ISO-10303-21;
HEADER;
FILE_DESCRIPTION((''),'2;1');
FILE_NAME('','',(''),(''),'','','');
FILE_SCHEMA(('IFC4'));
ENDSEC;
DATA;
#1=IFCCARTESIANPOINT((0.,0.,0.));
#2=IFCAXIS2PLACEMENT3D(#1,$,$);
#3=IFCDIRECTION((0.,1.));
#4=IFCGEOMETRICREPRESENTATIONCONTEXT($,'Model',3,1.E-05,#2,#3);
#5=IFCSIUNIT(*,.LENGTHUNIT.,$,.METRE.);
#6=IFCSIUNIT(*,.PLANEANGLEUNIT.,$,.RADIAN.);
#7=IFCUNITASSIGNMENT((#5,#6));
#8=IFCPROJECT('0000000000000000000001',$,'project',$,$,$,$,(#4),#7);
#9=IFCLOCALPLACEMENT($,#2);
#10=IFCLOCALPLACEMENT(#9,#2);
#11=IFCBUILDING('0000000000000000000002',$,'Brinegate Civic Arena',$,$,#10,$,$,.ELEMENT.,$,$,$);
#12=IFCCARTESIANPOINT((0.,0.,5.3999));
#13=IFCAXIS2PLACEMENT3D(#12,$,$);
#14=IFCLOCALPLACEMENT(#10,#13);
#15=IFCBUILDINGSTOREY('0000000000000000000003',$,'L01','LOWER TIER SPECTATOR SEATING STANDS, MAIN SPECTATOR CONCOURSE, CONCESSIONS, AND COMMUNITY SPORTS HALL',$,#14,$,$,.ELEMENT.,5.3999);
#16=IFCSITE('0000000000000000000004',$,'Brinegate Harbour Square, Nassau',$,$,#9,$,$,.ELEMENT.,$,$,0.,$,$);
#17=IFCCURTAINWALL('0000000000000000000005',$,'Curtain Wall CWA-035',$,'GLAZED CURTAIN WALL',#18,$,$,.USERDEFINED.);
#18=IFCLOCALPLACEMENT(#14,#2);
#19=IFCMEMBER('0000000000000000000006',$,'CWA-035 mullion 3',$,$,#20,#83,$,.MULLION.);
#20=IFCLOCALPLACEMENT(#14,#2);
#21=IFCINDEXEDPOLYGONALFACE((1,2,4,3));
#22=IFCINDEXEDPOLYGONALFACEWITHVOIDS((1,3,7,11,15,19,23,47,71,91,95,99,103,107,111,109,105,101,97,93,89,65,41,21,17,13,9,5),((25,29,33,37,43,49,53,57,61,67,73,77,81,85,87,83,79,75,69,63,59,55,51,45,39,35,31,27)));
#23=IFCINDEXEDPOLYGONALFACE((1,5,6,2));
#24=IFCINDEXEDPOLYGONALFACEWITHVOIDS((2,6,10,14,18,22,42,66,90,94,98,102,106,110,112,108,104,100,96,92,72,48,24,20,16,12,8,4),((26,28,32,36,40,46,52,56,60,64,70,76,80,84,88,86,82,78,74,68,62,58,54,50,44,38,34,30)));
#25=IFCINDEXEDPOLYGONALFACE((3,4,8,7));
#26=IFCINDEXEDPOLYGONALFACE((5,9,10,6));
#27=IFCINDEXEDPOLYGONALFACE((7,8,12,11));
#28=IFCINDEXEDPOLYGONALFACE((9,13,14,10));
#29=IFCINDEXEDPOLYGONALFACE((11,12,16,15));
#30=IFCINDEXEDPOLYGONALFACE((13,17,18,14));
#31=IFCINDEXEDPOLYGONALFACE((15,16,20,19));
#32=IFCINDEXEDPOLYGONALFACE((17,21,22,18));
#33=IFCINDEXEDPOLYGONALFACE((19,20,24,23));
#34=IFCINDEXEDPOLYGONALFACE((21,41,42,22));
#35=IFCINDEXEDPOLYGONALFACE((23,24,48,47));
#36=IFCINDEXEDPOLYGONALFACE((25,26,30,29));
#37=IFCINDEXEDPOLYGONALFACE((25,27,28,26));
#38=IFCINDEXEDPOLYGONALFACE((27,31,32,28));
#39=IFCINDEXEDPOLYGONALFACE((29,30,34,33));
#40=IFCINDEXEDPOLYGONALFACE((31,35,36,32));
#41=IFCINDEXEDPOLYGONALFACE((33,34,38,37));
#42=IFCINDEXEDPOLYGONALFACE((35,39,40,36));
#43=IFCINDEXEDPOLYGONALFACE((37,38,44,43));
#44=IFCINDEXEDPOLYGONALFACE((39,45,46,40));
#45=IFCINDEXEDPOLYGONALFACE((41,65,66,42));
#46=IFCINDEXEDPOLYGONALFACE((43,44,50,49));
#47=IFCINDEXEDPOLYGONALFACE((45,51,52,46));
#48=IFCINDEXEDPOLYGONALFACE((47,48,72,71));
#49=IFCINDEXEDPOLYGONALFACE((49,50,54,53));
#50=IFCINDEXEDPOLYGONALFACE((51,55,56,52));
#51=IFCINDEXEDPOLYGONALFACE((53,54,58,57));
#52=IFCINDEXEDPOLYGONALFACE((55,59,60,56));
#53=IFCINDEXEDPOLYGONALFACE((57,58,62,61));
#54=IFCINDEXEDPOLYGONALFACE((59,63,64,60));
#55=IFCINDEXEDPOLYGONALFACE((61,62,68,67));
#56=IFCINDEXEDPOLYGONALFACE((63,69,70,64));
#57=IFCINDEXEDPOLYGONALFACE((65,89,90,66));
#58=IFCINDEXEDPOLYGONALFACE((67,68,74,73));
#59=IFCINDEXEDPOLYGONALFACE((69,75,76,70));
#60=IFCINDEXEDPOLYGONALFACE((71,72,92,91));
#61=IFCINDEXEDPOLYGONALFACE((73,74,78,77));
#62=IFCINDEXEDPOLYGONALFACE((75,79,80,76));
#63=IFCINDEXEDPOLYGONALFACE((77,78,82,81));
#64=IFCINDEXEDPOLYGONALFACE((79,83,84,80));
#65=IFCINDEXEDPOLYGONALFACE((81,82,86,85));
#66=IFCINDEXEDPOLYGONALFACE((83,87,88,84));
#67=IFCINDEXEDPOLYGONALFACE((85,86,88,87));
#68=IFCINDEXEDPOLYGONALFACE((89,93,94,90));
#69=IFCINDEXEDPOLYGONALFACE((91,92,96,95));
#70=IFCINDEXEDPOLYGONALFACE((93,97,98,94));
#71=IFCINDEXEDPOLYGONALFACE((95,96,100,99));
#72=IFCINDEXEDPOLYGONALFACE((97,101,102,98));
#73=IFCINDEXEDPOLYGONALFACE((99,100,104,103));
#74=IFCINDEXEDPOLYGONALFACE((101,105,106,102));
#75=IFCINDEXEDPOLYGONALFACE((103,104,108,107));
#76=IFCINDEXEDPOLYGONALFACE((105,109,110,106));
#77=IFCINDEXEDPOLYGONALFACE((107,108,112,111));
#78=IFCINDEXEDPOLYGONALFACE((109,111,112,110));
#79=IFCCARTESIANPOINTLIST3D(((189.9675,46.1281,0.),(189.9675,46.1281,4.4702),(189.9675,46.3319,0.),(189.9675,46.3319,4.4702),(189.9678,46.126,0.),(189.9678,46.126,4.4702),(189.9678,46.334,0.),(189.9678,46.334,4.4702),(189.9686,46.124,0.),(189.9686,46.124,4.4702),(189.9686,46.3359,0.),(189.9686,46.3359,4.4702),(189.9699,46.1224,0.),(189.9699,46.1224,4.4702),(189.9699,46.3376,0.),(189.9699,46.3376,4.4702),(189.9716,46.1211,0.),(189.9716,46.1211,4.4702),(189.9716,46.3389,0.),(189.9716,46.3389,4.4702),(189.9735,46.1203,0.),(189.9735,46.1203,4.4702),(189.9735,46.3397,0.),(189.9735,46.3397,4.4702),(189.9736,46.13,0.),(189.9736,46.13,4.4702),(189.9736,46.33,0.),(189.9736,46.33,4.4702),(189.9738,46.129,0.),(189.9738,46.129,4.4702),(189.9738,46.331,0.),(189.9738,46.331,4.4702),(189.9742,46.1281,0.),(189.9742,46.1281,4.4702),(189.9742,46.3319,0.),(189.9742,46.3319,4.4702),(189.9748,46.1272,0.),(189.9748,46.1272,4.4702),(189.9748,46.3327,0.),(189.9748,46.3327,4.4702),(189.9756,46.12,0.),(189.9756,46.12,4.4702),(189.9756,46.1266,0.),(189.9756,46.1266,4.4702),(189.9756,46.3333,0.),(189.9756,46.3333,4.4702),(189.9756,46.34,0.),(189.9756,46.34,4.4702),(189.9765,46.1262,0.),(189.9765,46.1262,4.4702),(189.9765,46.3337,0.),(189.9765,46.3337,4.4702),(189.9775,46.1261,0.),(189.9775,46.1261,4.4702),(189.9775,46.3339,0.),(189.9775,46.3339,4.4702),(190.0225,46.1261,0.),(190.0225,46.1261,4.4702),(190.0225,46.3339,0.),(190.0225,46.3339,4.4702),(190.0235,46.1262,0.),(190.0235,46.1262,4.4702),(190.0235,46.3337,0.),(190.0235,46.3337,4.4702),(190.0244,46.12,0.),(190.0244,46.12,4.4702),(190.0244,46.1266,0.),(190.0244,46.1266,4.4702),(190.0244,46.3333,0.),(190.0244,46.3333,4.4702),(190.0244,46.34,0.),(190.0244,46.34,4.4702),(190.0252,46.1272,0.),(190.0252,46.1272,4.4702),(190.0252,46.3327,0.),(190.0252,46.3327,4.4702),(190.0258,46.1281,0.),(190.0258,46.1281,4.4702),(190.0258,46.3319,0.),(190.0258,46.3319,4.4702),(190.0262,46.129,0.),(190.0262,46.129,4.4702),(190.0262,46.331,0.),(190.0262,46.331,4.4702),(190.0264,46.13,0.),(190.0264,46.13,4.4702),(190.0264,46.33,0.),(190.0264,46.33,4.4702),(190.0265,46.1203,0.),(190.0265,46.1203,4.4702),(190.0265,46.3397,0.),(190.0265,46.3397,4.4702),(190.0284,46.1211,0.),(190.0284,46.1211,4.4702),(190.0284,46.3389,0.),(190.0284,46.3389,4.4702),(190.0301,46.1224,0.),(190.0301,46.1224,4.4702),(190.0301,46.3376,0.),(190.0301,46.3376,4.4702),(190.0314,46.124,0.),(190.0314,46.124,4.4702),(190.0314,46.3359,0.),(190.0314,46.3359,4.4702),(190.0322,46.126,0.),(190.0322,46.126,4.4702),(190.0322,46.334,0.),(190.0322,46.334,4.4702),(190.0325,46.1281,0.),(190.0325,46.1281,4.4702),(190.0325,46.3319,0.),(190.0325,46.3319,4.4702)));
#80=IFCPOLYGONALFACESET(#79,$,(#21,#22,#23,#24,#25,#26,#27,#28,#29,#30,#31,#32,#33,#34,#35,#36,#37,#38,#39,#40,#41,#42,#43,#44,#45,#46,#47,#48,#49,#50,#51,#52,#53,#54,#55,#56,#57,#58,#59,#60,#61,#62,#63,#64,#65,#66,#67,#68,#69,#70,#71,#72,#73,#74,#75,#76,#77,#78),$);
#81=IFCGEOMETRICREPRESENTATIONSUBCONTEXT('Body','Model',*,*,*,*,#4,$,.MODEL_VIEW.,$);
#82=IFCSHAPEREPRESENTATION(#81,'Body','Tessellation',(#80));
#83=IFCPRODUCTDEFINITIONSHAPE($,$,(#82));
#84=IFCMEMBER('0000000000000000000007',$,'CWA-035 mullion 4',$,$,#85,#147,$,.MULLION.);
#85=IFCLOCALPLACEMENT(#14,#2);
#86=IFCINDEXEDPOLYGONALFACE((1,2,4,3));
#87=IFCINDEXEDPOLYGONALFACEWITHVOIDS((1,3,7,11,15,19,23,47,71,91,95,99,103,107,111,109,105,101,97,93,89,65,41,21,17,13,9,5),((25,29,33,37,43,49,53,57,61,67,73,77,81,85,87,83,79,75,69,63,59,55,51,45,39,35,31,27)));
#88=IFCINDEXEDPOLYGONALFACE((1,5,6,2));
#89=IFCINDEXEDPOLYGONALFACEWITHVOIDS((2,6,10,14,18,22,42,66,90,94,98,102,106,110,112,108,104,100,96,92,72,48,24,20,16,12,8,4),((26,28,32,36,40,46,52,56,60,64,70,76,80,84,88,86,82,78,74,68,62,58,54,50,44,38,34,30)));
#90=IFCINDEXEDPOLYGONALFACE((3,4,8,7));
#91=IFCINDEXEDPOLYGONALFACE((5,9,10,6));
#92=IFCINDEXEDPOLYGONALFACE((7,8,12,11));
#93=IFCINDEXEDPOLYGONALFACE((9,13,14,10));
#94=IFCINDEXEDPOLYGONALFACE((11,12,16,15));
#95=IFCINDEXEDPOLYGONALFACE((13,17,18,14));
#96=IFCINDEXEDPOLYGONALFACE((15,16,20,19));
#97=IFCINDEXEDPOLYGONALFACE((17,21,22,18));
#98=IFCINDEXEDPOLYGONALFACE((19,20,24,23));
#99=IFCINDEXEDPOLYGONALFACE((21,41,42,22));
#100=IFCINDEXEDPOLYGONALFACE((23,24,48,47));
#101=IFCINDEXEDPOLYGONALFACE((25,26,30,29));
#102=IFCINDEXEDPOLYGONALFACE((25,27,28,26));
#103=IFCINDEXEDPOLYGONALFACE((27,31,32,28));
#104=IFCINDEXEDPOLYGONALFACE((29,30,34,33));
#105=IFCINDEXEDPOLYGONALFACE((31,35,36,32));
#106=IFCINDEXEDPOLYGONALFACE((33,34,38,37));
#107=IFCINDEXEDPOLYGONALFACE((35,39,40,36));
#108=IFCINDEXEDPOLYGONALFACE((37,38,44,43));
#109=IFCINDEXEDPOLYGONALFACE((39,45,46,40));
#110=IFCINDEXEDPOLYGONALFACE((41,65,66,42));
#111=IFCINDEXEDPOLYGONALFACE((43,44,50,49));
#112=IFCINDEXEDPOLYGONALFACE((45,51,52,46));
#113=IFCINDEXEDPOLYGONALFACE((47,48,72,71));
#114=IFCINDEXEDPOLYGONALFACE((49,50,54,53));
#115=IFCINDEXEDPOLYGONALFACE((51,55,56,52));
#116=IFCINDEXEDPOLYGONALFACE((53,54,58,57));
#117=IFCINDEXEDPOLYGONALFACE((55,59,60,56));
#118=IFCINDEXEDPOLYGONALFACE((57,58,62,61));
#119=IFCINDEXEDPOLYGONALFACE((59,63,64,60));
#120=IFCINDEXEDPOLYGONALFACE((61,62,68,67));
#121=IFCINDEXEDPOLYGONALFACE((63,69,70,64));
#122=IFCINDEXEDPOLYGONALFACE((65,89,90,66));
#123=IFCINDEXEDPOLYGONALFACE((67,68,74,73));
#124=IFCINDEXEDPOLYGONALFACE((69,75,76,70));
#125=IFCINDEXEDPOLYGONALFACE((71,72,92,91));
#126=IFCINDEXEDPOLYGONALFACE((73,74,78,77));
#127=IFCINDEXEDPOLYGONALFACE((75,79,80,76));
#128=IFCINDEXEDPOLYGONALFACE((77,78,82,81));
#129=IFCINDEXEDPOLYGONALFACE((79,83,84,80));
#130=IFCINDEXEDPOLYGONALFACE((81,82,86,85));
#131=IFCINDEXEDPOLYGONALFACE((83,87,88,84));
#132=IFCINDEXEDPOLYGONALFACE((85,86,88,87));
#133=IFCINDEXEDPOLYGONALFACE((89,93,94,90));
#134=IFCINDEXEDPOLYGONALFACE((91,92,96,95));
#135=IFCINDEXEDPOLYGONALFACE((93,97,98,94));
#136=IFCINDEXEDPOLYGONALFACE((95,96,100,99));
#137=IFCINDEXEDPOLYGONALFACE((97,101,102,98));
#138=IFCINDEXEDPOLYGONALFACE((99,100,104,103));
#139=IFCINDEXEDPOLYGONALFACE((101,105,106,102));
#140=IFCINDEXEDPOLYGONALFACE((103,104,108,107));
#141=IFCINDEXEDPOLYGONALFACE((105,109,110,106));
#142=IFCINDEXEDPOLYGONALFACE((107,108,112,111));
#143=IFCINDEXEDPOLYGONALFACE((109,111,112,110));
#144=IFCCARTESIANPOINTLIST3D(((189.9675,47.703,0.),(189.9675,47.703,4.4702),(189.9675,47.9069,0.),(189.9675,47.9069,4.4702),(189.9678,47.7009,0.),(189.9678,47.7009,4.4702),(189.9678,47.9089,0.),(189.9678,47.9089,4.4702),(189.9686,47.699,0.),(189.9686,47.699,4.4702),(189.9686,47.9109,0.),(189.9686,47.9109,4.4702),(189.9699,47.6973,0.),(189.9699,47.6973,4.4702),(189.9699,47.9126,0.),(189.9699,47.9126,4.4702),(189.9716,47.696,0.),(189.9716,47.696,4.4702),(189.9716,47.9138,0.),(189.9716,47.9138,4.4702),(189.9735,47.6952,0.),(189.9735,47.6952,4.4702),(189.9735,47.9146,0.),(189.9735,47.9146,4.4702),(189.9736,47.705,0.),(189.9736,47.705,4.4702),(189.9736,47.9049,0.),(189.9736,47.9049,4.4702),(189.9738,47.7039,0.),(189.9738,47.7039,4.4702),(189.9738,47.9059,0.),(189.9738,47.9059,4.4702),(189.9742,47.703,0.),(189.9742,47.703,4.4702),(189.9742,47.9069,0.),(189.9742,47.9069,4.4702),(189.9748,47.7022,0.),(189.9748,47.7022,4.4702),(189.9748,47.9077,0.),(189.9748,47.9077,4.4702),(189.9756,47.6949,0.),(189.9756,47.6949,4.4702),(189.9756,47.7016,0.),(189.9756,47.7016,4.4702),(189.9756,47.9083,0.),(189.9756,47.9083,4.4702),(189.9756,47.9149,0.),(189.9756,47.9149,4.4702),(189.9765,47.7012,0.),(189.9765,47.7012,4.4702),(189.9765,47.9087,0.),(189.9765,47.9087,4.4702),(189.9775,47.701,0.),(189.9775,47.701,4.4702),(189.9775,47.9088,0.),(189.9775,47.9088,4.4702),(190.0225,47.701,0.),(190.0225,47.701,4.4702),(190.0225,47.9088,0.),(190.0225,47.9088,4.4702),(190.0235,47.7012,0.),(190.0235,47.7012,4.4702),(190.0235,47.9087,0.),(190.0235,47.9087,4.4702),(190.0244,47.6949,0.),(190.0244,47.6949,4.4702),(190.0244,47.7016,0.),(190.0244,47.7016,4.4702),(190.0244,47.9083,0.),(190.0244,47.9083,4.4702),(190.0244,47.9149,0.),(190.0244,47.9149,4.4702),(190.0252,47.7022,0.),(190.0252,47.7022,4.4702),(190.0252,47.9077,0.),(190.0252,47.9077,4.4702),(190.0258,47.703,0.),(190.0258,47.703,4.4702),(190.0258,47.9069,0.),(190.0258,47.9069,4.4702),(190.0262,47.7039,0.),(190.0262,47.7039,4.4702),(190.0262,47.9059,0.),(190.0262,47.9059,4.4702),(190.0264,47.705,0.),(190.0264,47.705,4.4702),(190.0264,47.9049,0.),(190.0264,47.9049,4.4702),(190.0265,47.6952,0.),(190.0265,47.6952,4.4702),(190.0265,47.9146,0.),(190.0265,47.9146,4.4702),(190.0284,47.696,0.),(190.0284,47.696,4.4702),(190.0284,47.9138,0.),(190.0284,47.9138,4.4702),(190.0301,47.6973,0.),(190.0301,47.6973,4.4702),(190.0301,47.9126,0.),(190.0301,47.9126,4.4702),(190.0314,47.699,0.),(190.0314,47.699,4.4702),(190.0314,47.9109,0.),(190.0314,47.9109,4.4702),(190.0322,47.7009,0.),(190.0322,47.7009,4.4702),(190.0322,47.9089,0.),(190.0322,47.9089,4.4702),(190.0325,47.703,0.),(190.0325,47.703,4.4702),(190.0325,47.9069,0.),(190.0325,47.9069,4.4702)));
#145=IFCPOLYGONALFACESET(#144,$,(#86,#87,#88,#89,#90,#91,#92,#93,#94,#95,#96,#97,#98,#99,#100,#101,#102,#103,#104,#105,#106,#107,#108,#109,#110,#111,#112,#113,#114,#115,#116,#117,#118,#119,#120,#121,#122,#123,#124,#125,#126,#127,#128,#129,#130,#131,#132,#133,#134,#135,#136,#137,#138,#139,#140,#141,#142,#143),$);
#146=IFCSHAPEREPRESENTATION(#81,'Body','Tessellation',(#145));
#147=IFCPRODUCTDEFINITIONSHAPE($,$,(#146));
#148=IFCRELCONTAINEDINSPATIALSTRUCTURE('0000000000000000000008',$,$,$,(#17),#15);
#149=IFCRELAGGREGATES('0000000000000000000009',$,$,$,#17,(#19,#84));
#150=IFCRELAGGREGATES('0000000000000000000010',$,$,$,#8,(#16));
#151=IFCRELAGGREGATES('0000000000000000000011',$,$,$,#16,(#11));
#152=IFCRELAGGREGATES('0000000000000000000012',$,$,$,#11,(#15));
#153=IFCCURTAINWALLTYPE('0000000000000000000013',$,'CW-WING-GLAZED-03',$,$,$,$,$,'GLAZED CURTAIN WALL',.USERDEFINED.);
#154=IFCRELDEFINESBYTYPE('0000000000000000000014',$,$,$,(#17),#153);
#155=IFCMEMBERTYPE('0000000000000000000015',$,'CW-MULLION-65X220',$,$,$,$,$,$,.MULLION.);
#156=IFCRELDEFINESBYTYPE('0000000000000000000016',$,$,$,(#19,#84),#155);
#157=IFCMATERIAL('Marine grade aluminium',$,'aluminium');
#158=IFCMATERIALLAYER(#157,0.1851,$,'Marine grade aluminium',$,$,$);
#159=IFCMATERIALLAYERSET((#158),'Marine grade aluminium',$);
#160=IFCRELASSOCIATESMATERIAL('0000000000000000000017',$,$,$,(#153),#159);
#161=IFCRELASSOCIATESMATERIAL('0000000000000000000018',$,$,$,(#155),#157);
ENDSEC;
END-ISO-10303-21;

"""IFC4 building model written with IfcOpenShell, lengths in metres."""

from ifc_helpers import new_model, si_unit, direction, frame, origin, origin_2d, place, context, subcontext, project, spatial, hollow_rectangle, extrude, material, layer, layer_set, material_profile, profile_set, type_object, element, aggregate, save


model = new_model("IFC4")

# Units and contexts
model_context = context("Model", 3, precision=1e-05, world=origin(), true_north=direction((0.0, 1.0)))
body_context = subcontext(model_context, "Body", "Model", "MODEL_VIEW")
ifc_project = project(units=[si_unit("LENGTHUNIT", "METRE"), si_unit("PLANEANGLEUNIT", "RADIAN")], contexts=[model_context])

# Site, building, storey
site_placement = place(None, origin())
site = spatial("IfcSite", under=ifc_project, at=site_placement, Name="Brinegate Harbour Square, Nassau", CompositionType="ELEMENT", RefElevation=0.0)
building_placement = place(site_placement, origin())
building = spatial("IfcBuilding", under=site, at=building_placement, Name="Brinegate Civic Arena", CompositionType="ELEMENT")
storey_placement = place(building_placement, frame((0.0, 0.0, 5.3999)))
storey = spatial("IfcBuildingStorey", under=building, at=storey_placement, Name="L01", Description="LOWER TIER SPECTATOR SEATING STANDS, MAIN SPECTATOR CONCOURSE, CONCESSIONS, AND COMMUNITY SPORTS HALL", CompositionType="ELEMENT", Elevation=5.3999)

# Curtain wall, members
ifc_material_1 = material(Name="Marine grade aluminium", Category="aluminium")
ifc_layer_1 = layer(ifc_material_1, 0.1851, Name="Marine grade aluminium")
ifc_layer_set_1 = layer_set([ifc_layer_1], Name="Marine grade aluminium")
curtain_wall_type = type_object("IfcCurtainWallType", Name="CW-WING-GLAZED-03", ElementType="GLAZED CURTAIN WALL", PredefinedType="USERDEFINED", material=ifc_layer_set_1)
curtain_wall_placement = place(storey_placement, origin())
curtain_wall = element("IfcCurtainWall", 1, at=curtain_wall_placement, inside=storey, type_object=curtain_wall_type, Name="Curtain Wall CWA-035", ObjectType="GLAZED CURTAIN WALL", PredefinedType="USERDEFINED")
ifc_material_profile_1 = material_profile(ifc_material_1, hollow_rectangle(XDim=0.0649, YDim=0.22, WallThickness=0.0061, InnerFilletRadius=0.0039, OuterFilletRadius=0.0081, at=origin_2d()), Name="MUL65X220")
ifc_profile_set_1 = profile_set([ifc_material_profile_1], Name="Marine grade aluminium")
member_type_1 = type_object("IfcMemberType", Name="CW-MULLION-65X220", PredefinedType="MULLION", material=ifc_profile_set_1)
member_1_placement = place(storey_placement, frame((190.0, 46.23, 0.0), z_axis=(0.0, 0.0, 1.0), x_axis=(-1.0, 0.0, 0.0)))
member_1 = element("IfcMember", 2, at=member_1_placement, type_object=member_type_1, Name="CWA-035 mullion 3", PredefinedType="MULLION", context=body_context, shape_type="SweptSolid", body=[
    extrude(hollow_rectangle(XDim=0.0649, YDim=0.22, WallThickness=0.0061, InnerFilletRadius=0.0039, OuterFilletRadius=0.0081, at=origin_2d()), origin(), (0.0, 0.0, 1.0), 4.4702),
])
member_2_placement = place(storey_placement, frame((190.0, 47.8049, 0.0), z_axis=(0.0, 0.0, 1.0), x_axis=(-1.0, 0.0, 0.0)))
member_2 = element("IfcMember", 3, at=member_2_placement, type_object=member_type_1, Name="CWA-035 mullion 4", PredefinedType="MULLION", context=body_context, shape_type="SweptSolid", body=[
    extrude(hollow_rectangle(XDim=0.0649, YDim=0.22, WallThickness=0.0061, InnerFilletRadius=0.0039, OuterFilletRadius=0.0081, at=origin_2d()), origin(), (0.0, 0.0, 1.0), 4.4702),
])
aggregate(curtain_wall, [member_1, member_2])

save(model, "model.ifc")
